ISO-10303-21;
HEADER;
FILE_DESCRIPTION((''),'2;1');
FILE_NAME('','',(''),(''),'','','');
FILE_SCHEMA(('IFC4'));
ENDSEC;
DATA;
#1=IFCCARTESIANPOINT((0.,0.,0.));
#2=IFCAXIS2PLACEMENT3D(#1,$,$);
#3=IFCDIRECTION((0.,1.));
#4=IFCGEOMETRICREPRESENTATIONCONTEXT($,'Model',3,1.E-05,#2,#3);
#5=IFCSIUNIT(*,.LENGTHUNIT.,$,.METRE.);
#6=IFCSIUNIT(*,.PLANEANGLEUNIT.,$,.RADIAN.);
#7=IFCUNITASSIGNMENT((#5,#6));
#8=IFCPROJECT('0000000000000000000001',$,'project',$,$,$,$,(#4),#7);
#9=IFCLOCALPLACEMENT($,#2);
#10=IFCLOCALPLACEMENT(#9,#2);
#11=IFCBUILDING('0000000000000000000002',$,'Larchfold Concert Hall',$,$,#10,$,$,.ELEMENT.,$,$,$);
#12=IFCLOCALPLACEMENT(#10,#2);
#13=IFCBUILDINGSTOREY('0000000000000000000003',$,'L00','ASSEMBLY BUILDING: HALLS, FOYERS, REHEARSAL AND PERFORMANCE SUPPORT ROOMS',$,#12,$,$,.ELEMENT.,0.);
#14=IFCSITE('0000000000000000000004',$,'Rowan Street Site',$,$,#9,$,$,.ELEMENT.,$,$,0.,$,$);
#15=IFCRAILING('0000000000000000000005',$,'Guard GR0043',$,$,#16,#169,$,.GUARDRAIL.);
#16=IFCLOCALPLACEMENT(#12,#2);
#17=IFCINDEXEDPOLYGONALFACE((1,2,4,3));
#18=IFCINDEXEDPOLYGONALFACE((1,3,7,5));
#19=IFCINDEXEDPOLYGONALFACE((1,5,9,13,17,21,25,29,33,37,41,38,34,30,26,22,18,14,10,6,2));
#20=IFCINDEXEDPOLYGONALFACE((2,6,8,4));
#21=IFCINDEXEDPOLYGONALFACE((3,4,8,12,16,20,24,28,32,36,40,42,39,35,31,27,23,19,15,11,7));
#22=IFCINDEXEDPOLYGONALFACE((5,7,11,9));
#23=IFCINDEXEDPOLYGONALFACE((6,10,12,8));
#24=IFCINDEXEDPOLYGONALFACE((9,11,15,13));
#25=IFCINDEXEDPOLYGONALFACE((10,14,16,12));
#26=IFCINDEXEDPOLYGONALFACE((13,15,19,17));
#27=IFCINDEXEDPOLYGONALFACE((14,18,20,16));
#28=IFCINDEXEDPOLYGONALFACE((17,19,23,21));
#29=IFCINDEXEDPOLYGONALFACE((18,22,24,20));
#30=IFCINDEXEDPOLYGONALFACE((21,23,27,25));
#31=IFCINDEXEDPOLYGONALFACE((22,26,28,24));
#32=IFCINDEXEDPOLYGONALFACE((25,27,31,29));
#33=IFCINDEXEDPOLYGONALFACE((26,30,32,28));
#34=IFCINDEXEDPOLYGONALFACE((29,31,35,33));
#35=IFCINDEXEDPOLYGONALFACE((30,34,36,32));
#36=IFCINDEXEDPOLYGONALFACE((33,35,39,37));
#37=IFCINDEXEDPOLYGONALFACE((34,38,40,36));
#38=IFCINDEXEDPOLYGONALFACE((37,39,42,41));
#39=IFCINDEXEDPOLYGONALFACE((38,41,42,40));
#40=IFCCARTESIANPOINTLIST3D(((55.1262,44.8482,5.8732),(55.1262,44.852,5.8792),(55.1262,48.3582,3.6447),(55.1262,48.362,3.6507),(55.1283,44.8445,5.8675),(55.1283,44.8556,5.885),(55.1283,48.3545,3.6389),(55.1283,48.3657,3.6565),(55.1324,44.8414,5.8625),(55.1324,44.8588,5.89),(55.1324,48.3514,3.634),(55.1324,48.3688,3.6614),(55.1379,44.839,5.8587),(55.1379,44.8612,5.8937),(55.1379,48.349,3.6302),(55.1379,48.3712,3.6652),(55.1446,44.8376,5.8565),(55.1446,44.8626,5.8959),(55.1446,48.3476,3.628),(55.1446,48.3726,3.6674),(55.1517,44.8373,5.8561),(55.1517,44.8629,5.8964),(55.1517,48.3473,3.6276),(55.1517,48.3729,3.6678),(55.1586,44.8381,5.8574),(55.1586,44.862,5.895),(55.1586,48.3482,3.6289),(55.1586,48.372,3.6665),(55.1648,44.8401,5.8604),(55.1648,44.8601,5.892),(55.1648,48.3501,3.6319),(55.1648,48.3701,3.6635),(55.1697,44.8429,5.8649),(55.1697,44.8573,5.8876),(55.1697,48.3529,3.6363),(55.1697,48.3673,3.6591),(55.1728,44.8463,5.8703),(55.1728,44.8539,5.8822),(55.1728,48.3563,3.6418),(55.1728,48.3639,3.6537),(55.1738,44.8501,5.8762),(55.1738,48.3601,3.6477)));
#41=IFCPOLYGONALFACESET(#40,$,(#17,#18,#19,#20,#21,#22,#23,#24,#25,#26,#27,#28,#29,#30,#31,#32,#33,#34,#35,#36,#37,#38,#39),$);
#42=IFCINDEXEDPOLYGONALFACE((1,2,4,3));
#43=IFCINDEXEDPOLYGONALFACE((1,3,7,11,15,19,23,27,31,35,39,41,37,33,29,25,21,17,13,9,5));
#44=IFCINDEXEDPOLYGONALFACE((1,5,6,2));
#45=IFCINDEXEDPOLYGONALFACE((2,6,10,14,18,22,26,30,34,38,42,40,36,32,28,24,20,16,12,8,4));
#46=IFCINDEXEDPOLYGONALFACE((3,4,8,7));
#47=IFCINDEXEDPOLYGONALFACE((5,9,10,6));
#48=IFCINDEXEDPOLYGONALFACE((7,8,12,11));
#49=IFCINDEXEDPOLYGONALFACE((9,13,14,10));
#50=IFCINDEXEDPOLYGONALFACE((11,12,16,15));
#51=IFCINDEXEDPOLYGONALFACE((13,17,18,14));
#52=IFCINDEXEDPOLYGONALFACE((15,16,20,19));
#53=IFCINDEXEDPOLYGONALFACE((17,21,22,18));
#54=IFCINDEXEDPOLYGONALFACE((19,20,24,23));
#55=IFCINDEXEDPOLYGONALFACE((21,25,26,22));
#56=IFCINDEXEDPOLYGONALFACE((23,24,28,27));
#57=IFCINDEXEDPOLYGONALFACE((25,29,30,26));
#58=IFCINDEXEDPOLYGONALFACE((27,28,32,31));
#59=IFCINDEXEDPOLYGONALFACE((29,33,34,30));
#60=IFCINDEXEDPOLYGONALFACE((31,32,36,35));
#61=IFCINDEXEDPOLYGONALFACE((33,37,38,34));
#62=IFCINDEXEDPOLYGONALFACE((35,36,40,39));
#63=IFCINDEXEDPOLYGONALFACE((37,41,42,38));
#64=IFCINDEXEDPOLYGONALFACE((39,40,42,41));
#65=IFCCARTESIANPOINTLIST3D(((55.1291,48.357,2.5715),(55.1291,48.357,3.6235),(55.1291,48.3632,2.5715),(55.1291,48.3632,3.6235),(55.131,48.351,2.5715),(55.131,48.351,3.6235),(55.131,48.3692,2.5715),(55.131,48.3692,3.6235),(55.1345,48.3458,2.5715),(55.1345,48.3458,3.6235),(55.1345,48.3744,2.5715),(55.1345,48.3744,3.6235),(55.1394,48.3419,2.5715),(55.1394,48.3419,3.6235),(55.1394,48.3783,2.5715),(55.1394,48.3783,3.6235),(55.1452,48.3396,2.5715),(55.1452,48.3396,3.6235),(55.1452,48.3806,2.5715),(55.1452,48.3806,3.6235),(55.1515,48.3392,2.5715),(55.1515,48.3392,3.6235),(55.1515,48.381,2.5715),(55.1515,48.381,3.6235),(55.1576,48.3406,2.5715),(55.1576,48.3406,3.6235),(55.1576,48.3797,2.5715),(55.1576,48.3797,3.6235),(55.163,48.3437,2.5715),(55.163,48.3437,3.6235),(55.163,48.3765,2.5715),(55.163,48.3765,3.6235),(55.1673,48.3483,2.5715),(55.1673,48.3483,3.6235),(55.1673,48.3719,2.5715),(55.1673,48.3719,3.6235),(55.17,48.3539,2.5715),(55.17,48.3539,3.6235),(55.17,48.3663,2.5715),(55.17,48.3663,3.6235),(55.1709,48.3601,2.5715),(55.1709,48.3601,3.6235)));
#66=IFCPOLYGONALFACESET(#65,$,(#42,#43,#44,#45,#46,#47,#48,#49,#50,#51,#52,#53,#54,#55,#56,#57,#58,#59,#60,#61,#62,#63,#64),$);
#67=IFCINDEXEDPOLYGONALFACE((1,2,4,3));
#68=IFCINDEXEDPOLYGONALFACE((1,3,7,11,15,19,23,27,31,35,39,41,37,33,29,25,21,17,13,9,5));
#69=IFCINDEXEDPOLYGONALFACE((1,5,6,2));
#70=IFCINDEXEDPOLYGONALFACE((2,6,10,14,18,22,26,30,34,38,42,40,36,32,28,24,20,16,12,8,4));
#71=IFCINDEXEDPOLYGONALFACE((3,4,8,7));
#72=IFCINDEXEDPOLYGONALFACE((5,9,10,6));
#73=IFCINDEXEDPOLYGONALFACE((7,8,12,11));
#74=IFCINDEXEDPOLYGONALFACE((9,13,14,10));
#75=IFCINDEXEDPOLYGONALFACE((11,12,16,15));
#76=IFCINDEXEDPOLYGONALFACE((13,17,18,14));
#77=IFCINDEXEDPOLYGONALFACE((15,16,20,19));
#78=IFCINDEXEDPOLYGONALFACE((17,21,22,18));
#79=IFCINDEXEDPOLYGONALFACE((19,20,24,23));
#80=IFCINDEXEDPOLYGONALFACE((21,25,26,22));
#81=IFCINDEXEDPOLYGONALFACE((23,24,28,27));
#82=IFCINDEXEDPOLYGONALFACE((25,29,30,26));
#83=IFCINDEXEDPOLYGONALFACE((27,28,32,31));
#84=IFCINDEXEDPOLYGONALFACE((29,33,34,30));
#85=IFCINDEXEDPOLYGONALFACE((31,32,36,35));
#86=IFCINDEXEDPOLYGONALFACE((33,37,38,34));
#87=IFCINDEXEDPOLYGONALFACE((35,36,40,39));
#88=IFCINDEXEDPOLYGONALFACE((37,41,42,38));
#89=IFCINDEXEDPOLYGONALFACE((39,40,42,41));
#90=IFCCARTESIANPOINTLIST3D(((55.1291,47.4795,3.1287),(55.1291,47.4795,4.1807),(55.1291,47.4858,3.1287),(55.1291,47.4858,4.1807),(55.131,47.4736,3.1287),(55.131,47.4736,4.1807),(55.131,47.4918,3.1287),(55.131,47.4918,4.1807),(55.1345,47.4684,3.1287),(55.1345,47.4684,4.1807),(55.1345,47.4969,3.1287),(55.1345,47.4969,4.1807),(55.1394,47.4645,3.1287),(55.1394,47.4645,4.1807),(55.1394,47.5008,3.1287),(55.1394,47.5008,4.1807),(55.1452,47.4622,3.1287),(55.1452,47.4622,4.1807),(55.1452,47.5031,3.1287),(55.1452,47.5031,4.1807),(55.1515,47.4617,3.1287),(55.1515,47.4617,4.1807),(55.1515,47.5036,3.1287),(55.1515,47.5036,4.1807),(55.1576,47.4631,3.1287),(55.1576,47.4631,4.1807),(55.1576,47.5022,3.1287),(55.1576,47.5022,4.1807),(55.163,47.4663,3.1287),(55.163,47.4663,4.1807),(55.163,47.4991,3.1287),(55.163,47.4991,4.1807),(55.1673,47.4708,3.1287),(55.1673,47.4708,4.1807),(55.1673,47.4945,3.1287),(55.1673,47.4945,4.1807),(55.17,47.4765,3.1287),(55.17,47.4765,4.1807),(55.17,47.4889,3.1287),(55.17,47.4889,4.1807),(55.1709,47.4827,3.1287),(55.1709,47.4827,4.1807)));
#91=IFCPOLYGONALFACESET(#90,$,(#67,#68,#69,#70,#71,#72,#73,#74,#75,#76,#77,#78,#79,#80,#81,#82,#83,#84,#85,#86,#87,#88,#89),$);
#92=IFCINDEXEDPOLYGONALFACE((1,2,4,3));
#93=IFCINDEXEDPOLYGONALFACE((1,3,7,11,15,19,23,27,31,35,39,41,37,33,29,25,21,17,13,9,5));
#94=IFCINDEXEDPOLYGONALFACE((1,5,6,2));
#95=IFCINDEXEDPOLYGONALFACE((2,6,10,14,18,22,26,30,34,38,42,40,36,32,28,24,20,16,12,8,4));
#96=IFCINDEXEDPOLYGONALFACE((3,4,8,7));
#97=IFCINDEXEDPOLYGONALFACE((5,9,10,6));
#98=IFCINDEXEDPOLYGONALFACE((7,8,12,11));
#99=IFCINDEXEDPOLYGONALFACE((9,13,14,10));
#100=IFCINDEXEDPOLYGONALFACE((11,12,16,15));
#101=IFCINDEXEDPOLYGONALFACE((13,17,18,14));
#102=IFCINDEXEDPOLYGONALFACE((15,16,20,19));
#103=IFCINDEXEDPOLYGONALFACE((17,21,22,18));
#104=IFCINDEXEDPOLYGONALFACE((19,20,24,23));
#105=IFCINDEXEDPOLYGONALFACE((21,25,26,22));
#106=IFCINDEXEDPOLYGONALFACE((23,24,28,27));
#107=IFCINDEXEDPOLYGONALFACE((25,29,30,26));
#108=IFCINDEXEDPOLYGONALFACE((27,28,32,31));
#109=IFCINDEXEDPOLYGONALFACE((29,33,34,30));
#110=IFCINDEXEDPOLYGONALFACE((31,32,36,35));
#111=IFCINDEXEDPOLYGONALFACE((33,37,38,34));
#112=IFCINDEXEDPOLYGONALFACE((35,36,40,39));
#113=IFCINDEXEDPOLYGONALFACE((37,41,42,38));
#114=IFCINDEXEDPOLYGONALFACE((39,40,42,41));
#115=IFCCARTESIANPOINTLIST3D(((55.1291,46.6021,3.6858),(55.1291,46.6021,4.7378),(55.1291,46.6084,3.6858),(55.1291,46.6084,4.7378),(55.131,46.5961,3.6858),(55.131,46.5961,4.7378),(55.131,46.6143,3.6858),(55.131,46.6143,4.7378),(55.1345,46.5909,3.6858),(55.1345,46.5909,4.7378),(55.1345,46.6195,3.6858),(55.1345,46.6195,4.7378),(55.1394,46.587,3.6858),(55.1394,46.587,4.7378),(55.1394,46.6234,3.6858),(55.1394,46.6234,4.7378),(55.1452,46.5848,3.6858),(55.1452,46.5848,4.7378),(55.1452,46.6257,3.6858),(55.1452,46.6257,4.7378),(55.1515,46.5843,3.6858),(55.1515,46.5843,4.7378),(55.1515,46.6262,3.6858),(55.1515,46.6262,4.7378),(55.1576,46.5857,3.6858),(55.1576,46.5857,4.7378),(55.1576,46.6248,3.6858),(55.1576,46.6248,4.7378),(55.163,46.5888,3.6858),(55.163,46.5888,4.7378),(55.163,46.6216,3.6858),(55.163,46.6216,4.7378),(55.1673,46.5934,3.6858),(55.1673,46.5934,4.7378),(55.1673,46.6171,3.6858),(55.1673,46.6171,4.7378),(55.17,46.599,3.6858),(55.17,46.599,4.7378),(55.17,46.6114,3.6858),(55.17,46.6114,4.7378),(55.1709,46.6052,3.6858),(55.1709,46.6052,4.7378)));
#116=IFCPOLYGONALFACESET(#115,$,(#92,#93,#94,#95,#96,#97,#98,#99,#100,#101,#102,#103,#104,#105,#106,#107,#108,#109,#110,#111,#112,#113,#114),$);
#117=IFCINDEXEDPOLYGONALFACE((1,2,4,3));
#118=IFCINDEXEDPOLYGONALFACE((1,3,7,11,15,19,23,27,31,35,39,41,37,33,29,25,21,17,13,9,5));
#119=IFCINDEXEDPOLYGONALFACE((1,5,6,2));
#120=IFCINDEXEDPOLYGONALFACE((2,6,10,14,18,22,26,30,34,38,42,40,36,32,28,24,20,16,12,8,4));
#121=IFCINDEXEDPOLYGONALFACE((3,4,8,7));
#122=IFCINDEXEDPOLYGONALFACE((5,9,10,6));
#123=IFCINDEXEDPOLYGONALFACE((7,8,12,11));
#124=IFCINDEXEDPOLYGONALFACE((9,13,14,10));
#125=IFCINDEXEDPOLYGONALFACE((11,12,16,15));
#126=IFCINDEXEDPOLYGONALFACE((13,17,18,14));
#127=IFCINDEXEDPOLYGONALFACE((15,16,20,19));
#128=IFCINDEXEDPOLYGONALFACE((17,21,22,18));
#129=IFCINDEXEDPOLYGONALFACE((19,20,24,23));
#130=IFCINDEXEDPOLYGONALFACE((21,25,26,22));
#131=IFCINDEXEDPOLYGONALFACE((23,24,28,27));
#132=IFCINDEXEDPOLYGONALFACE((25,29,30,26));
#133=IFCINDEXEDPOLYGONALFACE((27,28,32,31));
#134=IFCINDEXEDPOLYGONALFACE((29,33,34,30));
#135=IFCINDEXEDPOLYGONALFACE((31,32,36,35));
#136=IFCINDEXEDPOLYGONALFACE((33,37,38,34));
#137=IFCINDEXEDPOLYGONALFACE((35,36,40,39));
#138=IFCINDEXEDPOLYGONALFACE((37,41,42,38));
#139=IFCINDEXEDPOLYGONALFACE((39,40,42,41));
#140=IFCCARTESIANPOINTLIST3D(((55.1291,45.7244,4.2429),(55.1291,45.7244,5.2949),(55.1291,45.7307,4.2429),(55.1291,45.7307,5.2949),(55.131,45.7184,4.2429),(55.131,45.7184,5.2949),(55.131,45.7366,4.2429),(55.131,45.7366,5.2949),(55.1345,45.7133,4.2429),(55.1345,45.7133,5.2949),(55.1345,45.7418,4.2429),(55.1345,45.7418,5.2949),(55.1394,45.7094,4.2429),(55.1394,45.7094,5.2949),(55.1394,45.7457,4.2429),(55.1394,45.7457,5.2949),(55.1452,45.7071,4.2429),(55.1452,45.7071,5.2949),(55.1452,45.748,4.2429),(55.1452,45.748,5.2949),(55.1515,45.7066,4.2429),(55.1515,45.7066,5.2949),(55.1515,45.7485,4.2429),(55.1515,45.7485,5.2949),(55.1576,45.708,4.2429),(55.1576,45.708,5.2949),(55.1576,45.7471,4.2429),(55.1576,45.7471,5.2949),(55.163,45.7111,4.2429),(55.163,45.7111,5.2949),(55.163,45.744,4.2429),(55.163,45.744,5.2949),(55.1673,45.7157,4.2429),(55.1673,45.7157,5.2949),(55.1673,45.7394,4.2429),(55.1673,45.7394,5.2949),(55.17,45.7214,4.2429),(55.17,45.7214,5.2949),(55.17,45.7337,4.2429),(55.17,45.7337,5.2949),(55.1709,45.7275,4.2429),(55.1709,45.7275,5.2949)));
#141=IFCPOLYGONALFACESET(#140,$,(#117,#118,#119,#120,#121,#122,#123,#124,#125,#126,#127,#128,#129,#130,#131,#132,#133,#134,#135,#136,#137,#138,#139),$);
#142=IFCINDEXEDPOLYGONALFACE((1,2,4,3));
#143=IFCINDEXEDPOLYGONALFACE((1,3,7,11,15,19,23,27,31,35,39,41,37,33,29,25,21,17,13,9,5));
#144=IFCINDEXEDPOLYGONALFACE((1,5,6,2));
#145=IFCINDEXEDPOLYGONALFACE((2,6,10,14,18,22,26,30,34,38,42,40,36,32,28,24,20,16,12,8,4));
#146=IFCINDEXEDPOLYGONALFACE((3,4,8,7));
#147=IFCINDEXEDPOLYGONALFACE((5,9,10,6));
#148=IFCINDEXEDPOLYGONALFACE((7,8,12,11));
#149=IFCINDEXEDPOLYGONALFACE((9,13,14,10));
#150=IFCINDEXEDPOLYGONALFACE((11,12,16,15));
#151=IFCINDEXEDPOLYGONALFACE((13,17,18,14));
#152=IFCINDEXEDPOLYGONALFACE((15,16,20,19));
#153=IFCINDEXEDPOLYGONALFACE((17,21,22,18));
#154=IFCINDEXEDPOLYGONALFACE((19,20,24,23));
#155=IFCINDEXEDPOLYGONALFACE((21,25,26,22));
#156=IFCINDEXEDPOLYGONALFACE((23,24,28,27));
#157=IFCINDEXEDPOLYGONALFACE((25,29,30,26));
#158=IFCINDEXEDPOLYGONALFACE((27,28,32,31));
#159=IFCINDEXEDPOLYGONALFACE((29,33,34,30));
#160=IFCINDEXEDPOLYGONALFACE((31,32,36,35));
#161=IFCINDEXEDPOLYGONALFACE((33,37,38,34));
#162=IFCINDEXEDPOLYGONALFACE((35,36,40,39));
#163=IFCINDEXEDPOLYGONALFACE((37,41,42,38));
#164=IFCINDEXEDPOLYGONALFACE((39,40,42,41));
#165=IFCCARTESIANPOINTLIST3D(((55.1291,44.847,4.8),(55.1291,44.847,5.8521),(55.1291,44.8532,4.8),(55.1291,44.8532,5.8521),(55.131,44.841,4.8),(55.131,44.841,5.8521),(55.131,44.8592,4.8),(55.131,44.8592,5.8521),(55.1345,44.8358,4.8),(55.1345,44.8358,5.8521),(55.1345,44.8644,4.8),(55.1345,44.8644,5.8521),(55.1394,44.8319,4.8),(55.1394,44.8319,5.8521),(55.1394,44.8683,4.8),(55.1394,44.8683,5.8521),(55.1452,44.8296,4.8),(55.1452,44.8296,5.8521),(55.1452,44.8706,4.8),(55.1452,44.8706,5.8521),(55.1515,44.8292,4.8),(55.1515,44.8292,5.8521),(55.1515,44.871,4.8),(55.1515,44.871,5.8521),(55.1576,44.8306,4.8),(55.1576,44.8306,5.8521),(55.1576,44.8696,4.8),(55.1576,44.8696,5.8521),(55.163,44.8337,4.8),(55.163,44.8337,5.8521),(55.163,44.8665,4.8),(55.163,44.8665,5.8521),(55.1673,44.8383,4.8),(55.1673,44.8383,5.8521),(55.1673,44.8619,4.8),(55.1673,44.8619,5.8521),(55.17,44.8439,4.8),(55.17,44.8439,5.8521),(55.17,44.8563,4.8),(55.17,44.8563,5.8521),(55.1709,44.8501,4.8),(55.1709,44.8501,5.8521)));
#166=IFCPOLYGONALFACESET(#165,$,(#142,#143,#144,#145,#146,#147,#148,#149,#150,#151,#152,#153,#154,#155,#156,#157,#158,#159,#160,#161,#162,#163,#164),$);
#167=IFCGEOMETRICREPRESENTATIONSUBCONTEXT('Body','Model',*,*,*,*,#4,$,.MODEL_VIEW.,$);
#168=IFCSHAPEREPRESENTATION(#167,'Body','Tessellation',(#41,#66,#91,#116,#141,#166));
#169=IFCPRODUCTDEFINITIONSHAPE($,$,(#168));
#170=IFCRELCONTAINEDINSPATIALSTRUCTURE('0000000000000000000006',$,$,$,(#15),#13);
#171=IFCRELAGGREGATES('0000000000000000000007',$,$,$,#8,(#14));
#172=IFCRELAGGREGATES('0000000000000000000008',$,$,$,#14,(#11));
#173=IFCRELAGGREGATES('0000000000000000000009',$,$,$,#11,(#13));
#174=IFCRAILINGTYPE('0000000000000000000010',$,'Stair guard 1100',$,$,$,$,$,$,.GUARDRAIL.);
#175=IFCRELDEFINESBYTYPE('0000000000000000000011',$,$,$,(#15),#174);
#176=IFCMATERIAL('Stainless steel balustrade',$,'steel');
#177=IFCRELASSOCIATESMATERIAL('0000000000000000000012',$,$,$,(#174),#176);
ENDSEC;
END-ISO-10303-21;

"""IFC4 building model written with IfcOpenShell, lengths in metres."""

from ifc_helpers import new_model, si_unit, direction, frame, origin, origin_2d, place, context, subcontext, project, spatial, circle, extrude, material, type_object, element, save


model = new_model("IFC4")

# Units and contexts
model_context = context("Model", 3, precision=1e-05, world=origin(), true_north=direction((0.0, 1.0)))
body_context = subcontext(model_context, "Body", "Model", "MODEL_VIEW")
ifc_project = project(units=[si_unit("LENGTHUNIT", "METRE"), si_unit("PLANEANGLEUNIT", "RADIAN")], contexts=[model_context])

# Site, building, storey
site_placement = place(None, origin())
site = spatial("IfcSite", under=ifc_project, at=site_placement, Name="Rowan Street Site", CompositionType="ELEMENT", RefElevation=0.0)
building_placement = place(site_placement, origin())
building = spatial("IfcBuilding", under=site, at=building_placement, Name="Larchfold Concert Hall", CompositionType="ELEMENT")
storey_placement = place(building_placement, origin())
storey = spatial("IfcBuildingStorey", under=building, at=storey_placement, Name="L00", Description="ASSEMBLY BUILDING: HALLS, FOYERS, REHEARSAL AND PERFORMANCE SUPPORT ROOMS", CompositionType="ELEMENT", Elevation=0.0)

# Railing
ifc_material_1 = material(Name="Stainless steel balustrade", Category="steel")
railing_type_1 = type_object("IfcRailingType", Name="Stair guard 1100", PredefinedType="GUARDRAIL", material=ifc_material_1)
railing_placement = place(storey_placement, frame((55.1499, 48.3601, 2.5715)))
element("IfcRailing", 1, at=railing_placement, inside=storey, type_object=railing_type_1, Name="Guard GR0043", PredefinedType="GUARDRAIL", context=body_context, shape_type="SweptSolid", body=[
    extrude(circle(Radius=0.0239, at=origin_2d()), frame((0.0, 0.0, 1.0762), z_axis=(0.0, -0.84422, 0.535998), x_axis=(1.0, 0.0, 0.0)), (0.0, 0.0, 1.0), 4.1577),
    extrude(circle(Radius=0.021, at=origin_2d()), origin(), (0.0, 0.0, 1.0), 1.052),
    extrude(circle(Radius=0.021, at=origin_2d()), frame((0.0, -0.8774, 0.5571)), (0.0, 0.0, 1.0), 1.052),
    extrude(circle(Radius=0.021, at=origin_2d()), frame((0.0, -1.7549, 1.1143)), (0.0, 0.0, 1.0), 1.052),
    extrude(circle(Radius=0.021, at=origin_2d()), frame((0.0, -2.6326, 1.6714)), (0.0, 0.0, 1.0), 1.052),
    extrude(circle(Radius=0.021, at=origin_2d()), frame((0.0, -3.51, 2.2285)), (0.0, 0.0, 1.0), 1.052),
])

save(model, "model.ifc")
